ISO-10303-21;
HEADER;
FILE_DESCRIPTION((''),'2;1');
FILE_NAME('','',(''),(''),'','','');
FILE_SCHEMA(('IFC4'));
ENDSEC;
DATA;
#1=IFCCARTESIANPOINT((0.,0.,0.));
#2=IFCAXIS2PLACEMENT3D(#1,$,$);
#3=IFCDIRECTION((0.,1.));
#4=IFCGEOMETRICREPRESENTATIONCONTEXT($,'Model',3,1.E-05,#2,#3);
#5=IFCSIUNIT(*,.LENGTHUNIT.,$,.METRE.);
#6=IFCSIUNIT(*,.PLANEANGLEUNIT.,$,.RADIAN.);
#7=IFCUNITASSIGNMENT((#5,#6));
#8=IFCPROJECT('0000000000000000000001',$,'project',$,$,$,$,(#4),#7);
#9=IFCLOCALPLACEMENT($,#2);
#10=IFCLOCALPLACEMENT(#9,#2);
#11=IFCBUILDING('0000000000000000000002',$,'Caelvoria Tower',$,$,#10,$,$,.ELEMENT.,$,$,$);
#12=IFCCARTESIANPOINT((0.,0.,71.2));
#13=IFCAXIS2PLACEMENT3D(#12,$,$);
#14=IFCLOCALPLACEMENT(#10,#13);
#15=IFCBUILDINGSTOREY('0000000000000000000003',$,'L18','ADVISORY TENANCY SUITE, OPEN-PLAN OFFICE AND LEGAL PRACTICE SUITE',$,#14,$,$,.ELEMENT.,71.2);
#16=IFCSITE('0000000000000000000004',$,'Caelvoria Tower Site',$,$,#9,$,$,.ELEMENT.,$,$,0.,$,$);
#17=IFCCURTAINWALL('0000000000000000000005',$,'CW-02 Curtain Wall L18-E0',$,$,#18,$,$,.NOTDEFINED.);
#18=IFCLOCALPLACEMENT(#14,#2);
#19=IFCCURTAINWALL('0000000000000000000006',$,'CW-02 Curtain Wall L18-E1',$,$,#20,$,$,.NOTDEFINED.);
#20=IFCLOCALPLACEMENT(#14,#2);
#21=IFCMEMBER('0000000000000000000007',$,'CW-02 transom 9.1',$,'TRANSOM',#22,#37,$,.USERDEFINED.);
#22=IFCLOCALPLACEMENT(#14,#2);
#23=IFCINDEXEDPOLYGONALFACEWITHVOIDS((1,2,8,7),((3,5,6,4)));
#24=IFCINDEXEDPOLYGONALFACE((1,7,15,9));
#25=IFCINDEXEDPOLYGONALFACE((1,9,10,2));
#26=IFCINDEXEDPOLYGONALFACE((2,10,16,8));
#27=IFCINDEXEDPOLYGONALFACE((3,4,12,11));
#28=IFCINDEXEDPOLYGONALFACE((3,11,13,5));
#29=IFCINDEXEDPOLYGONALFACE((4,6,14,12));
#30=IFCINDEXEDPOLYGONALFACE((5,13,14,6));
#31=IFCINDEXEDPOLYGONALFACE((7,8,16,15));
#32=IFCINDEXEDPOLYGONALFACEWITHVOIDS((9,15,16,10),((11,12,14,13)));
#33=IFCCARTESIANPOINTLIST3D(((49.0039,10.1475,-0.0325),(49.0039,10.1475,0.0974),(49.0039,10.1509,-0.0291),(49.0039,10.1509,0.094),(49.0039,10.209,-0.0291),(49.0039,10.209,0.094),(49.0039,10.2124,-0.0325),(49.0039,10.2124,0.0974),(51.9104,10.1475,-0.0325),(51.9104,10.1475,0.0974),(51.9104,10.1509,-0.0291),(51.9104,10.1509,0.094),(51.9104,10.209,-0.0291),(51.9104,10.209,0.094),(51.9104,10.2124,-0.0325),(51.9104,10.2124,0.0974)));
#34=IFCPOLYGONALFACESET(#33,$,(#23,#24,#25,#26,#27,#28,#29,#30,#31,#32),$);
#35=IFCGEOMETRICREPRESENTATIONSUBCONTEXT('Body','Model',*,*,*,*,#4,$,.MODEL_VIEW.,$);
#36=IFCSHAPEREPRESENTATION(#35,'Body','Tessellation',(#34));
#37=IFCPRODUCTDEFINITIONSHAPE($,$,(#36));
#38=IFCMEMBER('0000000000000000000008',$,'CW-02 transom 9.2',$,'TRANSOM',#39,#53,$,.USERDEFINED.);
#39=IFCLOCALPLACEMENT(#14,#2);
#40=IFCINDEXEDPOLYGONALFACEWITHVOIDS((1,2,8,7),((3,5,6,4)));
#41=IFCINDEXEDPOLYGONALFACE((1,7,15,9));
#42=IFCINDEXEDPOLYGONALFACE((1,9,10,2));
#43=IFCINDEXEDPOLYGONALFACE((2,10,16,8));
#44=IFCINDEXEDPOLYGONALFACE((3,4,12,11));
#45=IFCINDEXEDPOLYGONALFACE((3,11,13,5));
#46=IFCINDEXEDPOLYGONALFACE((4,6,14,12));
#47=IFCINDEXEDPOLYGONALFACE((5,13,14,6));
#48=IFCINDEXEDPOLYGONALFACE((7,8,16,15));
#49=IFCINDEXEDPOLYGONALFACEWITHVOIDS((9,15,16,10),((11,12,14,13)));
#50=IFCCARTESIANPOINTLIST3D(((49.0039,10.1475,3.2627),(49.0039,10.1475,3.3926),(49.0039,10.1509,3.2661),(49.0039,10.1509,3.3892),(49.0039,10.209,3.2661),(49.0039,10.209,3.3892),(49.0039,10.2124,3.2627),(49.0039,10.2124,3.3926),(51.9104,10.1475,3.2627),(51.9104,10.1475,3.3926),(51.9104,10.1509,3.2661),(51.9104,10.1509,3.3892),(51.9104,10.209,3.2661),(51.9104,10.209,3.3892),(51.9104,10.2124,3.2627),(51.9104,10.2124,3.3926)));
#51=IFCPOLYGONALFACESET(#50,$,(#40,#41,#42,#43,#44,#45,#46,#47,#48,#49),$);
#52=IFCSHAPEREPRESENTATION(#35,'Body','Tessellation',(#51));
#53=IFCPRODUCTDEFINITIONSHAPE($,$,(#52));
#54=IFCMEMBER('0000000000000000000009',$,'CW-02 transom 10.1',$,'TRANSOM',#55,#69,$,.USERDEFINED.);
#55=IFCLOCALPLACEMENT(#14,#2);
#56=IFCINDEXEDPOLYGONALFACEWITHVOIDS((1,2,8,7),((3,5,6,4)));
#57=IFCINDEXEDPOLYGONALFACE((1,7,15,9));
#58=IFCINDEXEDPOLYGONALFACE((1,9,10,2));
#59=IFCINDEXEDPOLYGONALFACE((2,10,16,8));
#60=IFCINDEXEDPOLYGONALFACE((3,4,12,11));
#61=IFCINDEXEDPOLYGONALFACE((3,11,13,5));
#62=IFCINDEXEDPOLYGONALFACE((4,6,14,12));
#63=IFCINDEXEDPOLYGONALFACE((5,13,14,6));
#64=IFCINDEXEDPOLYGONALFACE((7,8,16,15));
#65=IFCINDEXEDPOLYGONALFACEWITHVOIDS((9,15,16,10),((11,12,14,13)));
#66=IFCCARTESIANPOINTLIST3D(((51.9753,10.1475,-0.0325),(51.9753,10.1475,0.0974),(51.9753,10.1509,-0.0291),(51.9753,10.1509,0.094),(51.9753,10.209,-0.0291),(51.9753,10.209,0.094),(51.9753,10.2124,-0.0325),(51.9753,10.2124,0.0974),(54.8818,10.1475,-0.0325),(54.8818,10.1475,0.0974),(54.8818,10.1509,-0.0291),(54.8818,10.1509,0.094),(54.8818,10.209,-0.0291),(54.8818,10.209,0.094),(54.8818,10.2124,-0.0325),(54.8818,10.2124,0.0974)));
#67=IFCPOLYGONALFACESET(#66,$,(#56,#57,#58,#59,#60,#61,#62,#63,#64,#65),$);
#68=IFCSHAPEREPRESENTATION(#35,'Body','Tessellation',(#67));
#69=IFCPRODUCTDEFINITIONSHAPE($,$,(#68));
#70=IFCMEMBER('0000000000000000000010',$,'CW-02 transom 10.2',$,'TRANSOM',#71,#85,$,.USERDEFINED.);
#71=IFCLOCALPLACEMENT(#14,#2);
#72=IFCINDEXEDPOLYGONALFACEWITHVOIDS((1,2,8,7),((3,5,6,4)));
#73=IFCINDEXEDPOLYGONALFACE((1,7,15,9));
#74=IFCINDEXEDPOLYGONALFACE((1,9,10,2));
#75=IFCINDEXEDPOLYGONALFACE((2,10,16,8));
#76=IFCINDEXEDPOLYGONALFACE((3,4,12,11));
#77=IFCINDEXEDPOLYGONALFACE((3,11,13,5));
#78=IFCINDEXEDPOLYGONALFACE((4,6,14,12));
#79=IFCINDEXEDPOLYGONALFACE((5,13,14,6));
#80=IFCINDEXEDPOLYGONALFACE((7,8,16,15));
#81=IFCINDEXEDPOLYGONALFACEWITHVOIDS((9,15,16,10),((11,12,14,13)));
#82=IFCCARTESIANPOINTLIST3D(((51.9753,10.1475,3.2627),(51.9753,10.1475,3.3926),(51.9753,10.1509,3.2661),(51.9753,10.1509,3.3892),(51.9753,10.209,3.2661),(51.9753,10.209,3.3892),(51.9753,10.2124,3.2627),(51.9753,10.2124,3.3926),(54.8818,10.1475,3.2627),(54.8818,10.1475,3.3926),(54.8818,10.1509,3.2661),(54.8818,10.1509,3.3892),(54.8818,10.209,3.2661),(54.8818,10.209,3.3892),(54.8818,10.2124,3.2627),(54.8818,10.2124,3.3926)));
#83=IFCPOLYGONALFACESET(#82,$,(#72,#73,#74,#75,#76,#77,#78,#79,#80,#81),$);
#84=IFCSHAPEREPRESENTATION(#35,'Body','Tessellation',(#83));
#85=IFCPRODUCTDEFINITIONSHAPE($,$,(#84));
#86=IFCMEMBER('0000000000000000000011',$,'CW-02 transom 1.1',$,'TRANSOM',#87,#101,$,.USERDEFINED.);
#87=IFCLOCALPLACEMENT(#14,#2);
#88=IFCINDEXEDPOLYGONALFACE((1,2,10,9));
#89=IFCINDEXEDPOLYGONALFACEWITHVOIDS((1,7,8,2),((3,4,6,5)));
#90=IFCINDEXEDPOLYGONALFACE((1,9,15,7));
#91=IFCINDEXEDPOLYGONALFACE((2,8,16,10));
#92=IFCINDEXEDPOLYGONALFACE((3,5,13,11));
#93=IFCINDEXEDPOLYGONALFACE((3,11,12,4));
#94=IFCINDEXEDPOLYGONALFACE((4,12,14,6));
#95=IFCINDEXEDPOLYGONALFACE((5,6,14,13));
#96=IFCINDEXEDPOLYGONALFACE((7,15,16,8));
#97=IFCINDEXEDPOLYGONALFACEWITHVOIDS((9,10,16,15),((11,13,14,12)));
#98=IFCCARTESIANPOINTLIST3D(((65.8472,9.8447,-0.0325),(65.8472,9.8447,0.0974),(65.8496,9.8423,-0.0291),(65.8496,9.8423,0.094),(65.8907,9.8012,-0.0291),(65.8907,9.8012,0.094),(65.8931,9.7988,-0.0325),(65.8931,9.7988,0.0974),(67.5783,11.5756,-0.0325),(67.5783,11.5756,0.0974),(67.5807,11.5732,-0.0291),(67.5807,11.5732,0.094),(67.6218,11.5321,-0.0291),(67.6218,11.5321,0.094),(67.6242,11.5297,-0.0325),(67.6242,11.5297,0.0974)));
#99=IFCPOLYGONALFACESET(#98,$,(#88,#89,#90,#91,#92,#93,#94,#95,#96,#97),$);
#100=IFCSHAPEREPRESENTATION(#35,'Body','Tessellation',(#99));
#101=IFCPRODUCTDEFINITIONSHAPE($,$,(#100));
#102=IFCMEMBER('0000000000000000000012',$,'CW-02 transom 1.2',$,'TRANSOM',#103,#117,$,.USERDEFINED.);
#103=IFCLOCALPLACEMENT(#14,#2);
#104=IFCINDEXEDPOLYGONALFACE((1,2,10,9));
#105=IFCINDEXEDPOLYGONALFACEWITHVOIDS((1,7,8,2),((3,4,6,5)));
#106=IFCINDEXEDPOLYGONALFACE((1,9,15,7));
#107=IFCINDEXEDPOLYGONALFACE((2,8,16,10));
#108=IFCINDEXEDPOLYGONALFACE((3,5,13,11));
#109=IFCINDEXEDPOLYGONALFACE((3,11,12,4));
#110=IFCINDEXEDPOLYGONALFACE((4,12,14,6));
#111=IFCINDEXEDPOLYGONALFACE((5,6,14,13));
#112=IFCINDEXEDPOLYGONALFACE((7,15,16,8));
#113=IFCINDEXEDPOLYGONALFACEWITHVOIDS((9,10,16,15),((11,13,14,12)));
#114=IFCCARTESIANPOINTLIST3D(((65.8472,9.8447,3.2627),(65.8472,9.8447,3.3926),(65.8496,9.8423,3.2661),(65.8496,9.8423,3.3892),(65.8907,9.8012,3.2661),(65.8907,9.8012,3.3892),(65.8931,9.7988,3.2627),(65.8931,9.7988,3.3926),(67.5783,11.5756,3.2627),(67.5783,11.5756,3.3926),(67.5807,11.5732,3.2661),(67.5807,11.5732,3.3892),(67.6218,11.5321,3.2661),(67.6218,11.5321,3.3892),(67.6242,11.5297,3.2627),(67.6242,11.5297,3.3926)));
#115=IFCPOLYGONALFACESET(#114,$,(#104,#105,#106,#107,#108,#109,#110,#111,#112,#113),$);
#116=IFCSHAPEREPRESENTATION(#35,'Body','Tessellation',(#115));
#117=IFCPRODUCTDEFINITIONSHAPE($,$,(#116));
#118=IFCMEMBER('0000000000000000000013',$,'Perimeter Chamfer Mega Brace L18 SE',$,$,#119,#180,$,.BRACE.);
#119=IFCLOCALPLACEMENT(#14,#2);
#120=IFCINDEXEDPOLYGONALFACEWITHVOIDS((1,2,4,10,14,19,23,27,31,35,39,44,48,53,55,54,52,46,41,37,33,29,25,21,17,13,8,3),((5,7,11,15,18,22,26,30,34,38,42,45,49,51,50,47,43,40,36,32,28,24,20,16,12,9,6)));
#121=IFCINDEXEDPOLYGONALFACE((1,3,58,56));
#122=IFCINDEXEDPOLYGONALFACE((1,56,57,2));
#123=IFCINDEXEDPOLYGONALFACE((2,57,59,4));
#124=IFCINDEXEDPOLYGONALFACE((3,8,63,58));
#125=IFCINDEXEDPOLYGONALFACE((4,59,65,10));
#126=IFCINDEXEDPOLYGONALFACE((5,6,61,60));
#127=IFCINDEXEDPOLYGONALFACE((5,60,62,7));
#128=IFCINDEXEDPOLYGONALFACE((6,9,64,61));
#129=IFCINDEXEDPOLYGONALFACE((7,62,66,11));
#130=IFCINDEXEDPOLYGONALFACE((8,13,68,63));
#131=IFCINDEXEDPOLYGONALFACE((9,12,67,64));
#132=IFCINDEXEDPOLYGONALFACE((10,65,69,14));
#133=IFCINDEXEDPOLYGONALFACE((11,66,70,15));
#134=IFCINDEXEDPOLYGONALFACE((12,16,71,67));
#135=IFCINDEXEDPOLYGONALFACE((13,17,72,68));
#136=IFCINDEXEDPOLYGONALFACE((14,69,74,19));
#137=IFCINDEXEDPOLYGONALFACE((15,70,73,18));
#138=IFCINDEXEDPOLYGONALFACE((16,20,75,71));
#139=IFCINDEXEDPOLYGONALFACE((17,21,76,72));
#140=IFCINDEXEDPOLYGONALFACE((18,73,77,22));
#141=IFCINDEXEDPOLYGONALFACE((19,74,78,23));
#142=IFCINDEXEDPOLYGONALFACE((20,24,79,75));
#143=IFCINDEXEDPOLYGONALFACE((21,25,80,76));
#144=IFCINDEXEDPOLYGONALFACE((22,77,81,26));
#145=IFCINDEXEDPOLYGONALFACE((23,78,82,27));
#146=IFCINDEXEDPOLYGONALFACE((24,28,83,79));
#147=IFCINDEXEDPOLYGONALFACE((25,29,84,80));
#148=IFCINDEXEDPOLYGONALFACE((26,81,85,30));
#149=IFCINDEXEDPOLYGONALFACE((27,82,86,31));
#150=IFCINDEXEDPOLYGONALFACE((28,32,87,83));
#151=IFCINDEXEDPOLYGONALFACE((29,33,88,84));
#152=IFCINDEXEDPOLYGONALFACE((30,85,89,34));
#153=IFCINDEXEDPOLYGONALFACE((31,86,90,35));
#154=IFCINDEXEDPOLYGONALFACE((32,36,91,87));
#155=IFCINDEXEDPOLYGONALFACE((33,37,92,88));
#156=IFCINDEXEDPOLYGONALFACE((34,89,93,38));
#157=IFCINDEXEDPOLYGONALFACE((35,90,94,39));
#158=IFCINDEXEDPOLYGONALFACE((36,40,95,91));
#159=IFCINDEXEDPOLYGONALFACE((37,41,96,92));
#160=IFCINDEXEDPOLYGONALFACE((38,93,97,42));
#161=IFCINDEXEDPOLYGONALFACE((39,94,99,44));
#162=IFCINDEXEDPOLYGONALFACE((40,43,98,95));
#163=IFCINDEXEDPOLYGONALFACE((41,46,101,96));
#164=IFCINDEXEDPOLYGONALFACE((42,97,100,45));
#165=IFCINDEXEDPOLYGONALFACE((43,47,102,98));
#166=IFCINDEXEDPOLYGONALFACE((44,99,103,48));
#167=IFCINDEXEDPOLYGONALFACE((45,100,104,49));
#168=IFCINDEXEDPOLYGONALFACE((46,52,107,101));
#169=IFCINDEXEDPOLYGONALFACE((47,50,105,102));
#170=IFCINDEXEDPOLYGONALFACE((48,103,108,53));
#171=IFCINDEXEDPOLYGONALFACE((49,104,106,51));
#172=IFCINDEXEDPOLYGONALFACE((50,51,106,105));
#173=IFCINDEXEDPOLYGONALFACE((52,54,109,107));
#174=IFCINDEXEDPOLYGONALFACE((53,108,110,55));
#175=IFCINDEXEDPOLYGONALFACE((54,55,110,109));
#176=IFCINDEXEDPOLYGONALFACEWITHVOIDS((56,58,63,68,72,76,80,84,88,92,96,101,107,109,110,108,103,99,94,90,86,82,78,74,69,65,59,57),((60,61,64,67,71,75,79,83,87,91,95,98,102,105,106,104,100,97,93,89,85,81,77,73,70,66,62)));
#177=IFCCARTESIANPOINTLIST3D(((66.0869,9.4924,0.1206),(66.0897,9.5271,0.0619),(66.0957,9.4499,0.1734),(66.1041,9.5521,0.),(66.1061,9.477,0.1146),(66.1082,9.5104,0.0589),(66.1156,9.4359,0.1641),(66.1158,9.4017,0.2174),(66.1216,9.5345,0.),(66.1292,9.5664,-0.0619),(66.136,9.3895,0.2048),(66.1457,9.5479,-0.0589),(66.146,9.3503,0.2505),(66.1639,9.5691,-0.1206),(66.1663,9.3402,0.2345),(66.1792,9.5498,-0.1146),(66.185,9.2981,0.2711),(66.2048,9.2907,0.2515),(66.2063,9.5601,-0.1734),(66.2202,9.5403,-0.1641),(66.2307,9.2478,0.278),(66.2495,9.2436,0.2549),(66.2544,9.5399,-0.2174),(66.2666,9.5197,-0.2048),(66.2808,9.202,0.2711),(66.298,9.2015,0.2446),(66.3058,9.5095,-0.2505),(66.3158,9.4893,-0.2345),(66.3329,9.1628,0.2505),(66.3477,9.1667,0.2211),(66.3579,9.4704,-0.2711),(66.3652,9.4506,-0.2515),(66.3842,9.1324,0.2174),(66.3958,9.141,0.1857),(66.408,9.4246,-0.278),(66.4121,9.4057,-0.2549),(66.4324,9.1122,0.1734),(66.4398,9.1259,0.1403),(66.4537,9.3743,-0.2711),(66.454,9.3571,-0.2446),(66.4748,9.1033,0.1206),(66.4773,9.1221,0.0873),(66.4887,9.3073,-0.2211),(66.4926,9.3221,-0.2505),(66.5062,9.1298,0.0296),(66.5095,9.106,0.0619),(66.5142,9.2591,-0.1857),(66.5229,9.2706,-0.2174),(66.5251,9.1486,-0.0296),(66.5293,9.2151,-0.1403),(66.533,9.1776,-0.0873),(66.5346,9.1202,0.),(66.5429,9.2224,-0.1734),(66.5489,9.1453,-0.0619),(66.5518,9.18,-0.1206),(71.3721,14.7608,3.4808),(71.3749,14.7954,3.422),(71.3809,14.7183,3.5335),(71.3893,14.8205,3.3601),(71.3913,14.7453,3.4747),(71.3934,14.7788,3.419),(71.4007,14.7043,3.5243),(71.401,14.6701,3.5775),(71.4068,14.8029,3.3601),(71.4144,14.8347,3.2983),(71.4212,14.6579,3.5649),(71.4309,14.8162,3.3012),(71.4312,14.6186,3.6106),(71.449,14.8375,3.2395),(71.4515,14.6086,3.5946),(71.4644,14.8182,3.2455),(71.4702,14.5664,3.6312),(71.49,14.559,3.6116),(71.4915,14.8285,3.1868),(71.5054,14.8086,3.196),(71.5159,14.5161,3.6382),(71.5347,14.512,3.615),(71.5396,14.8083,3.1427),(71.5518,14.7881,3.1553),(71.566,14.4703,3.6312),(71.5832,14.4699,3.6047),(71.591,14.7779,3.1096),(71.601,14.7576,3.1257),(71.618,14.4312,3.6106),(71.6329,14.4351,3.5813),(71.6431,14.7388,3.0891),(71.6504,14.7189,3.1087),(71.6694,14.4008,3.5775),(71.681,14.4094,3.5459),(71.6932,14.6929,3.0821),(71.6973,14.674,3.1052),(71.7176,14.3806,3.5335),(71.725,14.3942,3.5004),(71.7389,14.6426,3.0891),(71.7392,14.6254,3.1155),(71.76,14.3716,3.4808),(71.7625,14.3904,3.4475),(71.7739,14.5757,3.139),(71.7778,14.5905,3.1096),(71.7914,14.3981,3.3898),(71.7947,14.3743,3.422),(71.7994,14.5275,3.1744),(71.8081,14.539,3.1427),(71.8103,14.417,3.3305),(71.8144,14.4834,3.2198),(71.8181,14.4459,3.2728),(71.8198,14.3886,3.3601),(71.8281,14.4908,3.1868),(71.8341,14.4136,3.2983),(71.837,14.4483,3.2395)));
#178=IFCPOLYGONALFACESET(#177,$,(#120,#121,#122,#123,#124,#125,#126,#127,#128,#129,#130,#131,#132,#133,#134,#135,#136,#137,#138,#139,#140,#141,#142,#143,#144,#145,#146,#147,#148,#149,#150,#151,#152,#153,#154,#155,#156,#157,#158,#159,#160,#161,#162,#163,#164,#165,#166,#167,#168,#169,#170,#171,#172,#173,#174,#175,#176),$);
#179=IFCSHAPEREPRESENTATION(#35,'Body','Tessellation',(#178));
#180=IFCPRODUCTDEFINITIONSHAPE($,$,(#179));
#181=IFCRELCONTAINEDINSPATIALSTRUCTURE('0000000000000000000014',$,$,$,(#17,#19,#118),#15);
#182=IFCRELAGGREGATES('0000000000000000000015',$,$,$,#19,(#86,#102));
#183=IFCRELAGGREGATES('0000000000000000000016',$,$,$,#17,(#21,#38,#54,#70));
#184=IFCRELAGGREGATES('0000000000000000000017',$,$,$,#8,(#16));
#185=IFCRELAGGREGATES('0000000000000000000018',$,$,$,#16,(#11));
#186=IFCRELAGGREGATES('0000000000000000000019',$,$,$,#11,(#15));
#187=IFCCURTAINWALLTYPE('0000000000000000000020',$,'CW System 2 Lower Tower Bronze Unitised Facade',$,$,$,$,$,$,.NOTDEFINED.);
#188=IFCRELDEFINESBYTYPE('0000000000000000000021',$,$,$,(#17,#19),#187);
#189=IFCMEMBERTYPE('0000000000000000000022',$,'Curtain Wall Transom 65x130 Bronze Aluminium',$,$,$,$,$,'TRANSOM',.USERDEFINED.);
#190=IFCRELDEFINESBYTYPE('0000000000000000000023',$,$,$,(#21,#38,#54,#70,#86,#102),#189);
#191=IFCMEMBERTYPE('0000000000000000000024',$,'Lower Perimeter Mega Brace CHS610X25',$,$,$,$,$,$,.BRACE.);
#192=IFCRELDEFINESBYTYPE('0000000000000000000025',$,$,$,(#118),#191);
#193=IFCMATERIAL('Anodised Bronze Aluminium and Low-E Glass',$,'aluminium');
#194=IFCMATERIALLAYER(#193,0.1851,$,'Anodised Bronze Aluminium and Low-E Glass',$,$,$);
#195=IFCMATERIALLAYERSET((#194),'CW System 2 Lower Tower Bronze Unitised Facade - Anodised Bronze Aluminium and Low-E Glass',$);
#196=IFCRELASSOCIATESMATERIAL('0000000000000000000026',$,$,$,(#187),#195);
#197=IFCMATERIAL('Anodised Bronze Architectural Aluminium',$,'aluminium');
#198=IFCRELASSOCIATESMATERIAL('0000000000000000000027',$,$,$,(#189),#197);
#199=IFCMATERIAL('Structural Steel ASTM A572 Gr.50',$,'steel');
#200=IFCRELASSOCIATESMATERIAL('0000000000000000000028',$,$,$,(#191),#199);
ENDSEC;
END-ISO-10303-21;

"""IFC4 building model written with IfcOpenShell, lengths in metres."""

from ifc_helpers import new_model, si_unit, direction, frame, origin, origin_2d, place, context, subcontext, project, spatial, hollow_rectangle, hollow_circle, extrude, material, layer, layer_set, material_profile, profile_set, type_object, element, aggregate, save


model = new_model("IFC4")

# Units and contexts
model_context = context("Model", 3, precision=1e-05, world=origin(), true_north=direction((0.0, 1.0)))
body_context = subcontext(model_context, "Body", "Model", "MODEL_VIEW")
ifc_project = project(units=[si_unit("LENGTHUNIT", "METRE"), si_unit("PLANEANGLEUNIT", "RADIAN")], contexts=[model_context])

# Site, building, storey
site_placement = place(None, origin())
site = spatial("IfcSite", under=ifc_project, at=site_placement, Name="Caelvoria Tower Site", CompositionType="ELEMENT", RefElevation=0.0)
building_placement = place(site_placement, origin())
building = spatial("IfcBuilding", under=site, at=building_placement, Name="Caelvoria Tower", CompositionType="ELEMENT")
storey_placement = place(building_placement, frame((0.0, 0.0, 71.2)))
storey = spatial("IfcBuildingStorey", under=building, at=storey_placement, Name="L18", Description="ADVISORY TENANCY SUITE, OPEN-PLAN OFFICE AND LEGAL PRACTICE SUITE", CompositionType="ELEMENT", Elevation=71.2)

# Shared definitions
ifc_material_1 = material(Name="Structural Steel ASTM A572 Gr.50", Category="steel")

# Curtain wall
ifc_material_2 = material(Name="Anodised Bronze Aluminium and Low-E Glass", Category="aluminium")
ifc_layer_1 = layer(ifc_material_2, 0.1851, Name="Anodised Bronze Aluminium and Low-E Glass")
ifc_layer_set_1 = layer_set([ifc_layer_1], Name="CW System 2 Lower Tower Bronze Unitised Facade - Anodised Bronze Aluminium and Low-E Glass")
curtain_wall_type = type_object("IfcCurtainWallType", Name="CW System 2 Lower Tower Bronze Unitised Facade", PredefinedType="NOTDEFINED", material=ifc_layer_set_1)
curtain_wall_1_placement = place(storey_placement, origin())
curtain_wall_1 = element("IfcCurtainWall", 1, at=curtain_wall_1_placement, inside=storey, type_object=curtain_wall_type, Name="CW-02 Curtain Wall L18-E0", PredefinedType="NOTDEFINED")
ifc_material_3 = material(Name="Anodised Bronze Architectural Aluminium", Category="aluminium")

# Curtain wall
curtain_wall_2_placement = place(storey_placement, origin())
curtain_wall_2 = element("IfcCurtainWall", 2, at=curtain_wall_2_placement, inside=storey, type_object=curtain_wall_type, Name="CW-02 Curtain Wall L18-E1", PredefinedType="NOTDEFINED")

# Members
ifc_material_profile_1 = material_profile(ifc_material_3, hollow_rectangle(XDim=0.0649, YDim=0.1299, WallThickness=0.0034, at=origin_2d()), Name="Anodised Bronze Architectural Aluminium")
ifc_profile_set_1 = profile_set([ifc_material_profile_1], Name="CW_TRAN_65X130 - Anodised Bronze Architectural Aluminium")
member_type_1 = type_object("IfcMemberType", Name="Curtain Wall Transom 65x130 Bronze Aluminium", ElementType="TRANSOM", PredefinedType="USERDEFINED", material=ifc_profile_set_1)
member_1_placement = place(storey_placement, frame((49.0039, 10.1799, 0.0325), z_axis=(1.0, 0.0, 0.0), x_axis=(0.0, 1.0, 0.0)))
member_1 = element("IfcMember", 3, at=member_1_placement, type_object=member_type_1, Name="CW-02 transom 9.1", ObjectType="TRANSOM", PredefinedType="USERDEFINED", context=body_context, shape_type="SweptSolid", body=[
    extrude(hollow_rectangle(XDim=0.0649, YDim=0.1299, WallThickness=0.0034, at=origin_2d()), origin(), (0.0, 0.0, 1.0), 2.9065),
])
member_2_placement = place(storey_placement, frame((49.0039, 10.1799, 3.3276), z_axis=(1.0, 0.0, 0.0), x_axis=(0.0, 1.0, 0.0)))
member_2 = element("IfcMember", 4, at=member_2_placement, type_object=member_type_1, Name="CW-02 transom 9.2", ObjectType="TRANSOM", PredefinedType="USERDEFINED", context=body_context, shape_type="SweptSolid", body=[
    extrude(hollow_rectangle(XDim=0.0649, YDim=0.1299, WallThickness=0.0034, at=origin_2d()), origin(), (0.0, 0.0, 1.0), 2.9065),
])
member_3_placement = place(storey_placement, frame((51.9753, 10.1799, 0.0325), z_axis=(1.0, 0.0, 0.0), x_axis=(0.0, 1.0, 0.0)))
member_3 = element("IfcMember", 5, at=member_3_placement, type_object=member_type_1, Name="CW-02 transom 10.1", ObjectType="TRANSOM", PredefinedType="USERDEFINED", context=body_context, shape_type="SweptSolid", body=[
    extrude(hollow_rectangle(XDim=0.0649, YDim=0.1299, WallThickness=0.0034, at=origin_2d()), origin(), (0.0, 0.0, 1.0), 2.9065),
])
member_4_placement = place(storey_placement, frame((51.9753, 10.1799, 3.3276), z_axis=(1.0, 0.0, 0.0), x_axis=(0.0, 1.0, 0.0)))
member_4 = element("IfcMember", 6, at=member_4_placement, type_object=member_type_1, Name="CW-02 transom 10.2", ObjectType="TRANSOM", PredefinedType="USERDEFINED", context=body_context, shape_type="SweptSolid", body=[
    extrude(hollow_rectangle(XDim=0.0649, YDim=0.1299, WallThickness=0.0034, at=origin_2d()), origin(), (0.0, 0.0, 1.0), 2.9065),
])
member_5_placement = place(storey_placement, frame((65.8701, 9.8218, 0.0325), z_axis=(0.707157, 0.707057, 0.0), x_axis=(-0.707057, 0.707157, 0.0)))
member_5 = element("IfcMember", 7, at=member_5_placement, type_object=member_type_1, Name="CW-02 transom 1.1", ObjectType="TRANSOM", PredefinedType="USERDEFINED", context=body_context, shape_type="SweptSolid", body=[
    extrude(hollow_rectangle(XDim=0.0649, YDim=0.1299, WallThickness=0.0034, at=origin_2d()), origin(), (0.0, 0.0, 1.0), 2.448),
])
member_6_placement = place(storey_placement, frame((65.8701, 9.8218, 3.3276), z_axis=(0.707157, 0.707057, 0.0), x_axis=(-0.707057, 0.707157, 0.0)))
member_6 = element("IfcMember", 8, at=member_6_placement, type_object=member_type_1, Name="CW-02 transom 1.2", ObjectType="TRANSOM", PredefinedType="USERDEFINED", context=body_context, shape_type="SweptSolid", body=[
    extrude(hollow_rectangle(XDim=0.0649, YDim=0.1299, WallThickness=0.0034, at=origin_2d()), origin(), (0.0, 0.0, 1.0), 2.448),
])
aggregate(curtain_wall_2, [member_5, member_6])
ifc_material_profile_2 = material_profile(ifc_material_1, hollow_circle(Radius=0.3049, WallThickness=0.0249, at=origin_2d()), Name="Structural Steel ASTM A572 Gr.50")
ifc_profile_set_2 = profile_set([ifc_material_profile_2], Name="CHS610X25 - Structural Steel ASTM A572 Gr.50")
member_type_2 = type_object("IfcMemberType", Name="Lower Perimeter Mega Brace CHS610X25", PredefinedType="BRACE", material=ifc_profile_set_2)
member_7_placement = place(storey_placement, frame((66.3193, 9.3362, 0.0), z_axis=(0.645789, 0.643731, 0.410569), x_axis=(-0.705977, 0.708235, 0.0)))
element("IfcMember", 9, at=member_7_placement, inside=storey, type_object=member_type_2, Name="Perimeter Chamfer Mega Brace L18 SE", PredefinedType="BRACE", context=body_context, shape_type="SweptSolid", body=[
    extrude(hollow_circle(Radius=0.3049, WallThickness=0.0249, at=origin_2d()), origin(), (0.0, 0.0, 1.0), 8.1841),
])

aggregate(curtain_wall_1, [member_1, member_2, member_3, member_4])

save(model, "model.ifc")
